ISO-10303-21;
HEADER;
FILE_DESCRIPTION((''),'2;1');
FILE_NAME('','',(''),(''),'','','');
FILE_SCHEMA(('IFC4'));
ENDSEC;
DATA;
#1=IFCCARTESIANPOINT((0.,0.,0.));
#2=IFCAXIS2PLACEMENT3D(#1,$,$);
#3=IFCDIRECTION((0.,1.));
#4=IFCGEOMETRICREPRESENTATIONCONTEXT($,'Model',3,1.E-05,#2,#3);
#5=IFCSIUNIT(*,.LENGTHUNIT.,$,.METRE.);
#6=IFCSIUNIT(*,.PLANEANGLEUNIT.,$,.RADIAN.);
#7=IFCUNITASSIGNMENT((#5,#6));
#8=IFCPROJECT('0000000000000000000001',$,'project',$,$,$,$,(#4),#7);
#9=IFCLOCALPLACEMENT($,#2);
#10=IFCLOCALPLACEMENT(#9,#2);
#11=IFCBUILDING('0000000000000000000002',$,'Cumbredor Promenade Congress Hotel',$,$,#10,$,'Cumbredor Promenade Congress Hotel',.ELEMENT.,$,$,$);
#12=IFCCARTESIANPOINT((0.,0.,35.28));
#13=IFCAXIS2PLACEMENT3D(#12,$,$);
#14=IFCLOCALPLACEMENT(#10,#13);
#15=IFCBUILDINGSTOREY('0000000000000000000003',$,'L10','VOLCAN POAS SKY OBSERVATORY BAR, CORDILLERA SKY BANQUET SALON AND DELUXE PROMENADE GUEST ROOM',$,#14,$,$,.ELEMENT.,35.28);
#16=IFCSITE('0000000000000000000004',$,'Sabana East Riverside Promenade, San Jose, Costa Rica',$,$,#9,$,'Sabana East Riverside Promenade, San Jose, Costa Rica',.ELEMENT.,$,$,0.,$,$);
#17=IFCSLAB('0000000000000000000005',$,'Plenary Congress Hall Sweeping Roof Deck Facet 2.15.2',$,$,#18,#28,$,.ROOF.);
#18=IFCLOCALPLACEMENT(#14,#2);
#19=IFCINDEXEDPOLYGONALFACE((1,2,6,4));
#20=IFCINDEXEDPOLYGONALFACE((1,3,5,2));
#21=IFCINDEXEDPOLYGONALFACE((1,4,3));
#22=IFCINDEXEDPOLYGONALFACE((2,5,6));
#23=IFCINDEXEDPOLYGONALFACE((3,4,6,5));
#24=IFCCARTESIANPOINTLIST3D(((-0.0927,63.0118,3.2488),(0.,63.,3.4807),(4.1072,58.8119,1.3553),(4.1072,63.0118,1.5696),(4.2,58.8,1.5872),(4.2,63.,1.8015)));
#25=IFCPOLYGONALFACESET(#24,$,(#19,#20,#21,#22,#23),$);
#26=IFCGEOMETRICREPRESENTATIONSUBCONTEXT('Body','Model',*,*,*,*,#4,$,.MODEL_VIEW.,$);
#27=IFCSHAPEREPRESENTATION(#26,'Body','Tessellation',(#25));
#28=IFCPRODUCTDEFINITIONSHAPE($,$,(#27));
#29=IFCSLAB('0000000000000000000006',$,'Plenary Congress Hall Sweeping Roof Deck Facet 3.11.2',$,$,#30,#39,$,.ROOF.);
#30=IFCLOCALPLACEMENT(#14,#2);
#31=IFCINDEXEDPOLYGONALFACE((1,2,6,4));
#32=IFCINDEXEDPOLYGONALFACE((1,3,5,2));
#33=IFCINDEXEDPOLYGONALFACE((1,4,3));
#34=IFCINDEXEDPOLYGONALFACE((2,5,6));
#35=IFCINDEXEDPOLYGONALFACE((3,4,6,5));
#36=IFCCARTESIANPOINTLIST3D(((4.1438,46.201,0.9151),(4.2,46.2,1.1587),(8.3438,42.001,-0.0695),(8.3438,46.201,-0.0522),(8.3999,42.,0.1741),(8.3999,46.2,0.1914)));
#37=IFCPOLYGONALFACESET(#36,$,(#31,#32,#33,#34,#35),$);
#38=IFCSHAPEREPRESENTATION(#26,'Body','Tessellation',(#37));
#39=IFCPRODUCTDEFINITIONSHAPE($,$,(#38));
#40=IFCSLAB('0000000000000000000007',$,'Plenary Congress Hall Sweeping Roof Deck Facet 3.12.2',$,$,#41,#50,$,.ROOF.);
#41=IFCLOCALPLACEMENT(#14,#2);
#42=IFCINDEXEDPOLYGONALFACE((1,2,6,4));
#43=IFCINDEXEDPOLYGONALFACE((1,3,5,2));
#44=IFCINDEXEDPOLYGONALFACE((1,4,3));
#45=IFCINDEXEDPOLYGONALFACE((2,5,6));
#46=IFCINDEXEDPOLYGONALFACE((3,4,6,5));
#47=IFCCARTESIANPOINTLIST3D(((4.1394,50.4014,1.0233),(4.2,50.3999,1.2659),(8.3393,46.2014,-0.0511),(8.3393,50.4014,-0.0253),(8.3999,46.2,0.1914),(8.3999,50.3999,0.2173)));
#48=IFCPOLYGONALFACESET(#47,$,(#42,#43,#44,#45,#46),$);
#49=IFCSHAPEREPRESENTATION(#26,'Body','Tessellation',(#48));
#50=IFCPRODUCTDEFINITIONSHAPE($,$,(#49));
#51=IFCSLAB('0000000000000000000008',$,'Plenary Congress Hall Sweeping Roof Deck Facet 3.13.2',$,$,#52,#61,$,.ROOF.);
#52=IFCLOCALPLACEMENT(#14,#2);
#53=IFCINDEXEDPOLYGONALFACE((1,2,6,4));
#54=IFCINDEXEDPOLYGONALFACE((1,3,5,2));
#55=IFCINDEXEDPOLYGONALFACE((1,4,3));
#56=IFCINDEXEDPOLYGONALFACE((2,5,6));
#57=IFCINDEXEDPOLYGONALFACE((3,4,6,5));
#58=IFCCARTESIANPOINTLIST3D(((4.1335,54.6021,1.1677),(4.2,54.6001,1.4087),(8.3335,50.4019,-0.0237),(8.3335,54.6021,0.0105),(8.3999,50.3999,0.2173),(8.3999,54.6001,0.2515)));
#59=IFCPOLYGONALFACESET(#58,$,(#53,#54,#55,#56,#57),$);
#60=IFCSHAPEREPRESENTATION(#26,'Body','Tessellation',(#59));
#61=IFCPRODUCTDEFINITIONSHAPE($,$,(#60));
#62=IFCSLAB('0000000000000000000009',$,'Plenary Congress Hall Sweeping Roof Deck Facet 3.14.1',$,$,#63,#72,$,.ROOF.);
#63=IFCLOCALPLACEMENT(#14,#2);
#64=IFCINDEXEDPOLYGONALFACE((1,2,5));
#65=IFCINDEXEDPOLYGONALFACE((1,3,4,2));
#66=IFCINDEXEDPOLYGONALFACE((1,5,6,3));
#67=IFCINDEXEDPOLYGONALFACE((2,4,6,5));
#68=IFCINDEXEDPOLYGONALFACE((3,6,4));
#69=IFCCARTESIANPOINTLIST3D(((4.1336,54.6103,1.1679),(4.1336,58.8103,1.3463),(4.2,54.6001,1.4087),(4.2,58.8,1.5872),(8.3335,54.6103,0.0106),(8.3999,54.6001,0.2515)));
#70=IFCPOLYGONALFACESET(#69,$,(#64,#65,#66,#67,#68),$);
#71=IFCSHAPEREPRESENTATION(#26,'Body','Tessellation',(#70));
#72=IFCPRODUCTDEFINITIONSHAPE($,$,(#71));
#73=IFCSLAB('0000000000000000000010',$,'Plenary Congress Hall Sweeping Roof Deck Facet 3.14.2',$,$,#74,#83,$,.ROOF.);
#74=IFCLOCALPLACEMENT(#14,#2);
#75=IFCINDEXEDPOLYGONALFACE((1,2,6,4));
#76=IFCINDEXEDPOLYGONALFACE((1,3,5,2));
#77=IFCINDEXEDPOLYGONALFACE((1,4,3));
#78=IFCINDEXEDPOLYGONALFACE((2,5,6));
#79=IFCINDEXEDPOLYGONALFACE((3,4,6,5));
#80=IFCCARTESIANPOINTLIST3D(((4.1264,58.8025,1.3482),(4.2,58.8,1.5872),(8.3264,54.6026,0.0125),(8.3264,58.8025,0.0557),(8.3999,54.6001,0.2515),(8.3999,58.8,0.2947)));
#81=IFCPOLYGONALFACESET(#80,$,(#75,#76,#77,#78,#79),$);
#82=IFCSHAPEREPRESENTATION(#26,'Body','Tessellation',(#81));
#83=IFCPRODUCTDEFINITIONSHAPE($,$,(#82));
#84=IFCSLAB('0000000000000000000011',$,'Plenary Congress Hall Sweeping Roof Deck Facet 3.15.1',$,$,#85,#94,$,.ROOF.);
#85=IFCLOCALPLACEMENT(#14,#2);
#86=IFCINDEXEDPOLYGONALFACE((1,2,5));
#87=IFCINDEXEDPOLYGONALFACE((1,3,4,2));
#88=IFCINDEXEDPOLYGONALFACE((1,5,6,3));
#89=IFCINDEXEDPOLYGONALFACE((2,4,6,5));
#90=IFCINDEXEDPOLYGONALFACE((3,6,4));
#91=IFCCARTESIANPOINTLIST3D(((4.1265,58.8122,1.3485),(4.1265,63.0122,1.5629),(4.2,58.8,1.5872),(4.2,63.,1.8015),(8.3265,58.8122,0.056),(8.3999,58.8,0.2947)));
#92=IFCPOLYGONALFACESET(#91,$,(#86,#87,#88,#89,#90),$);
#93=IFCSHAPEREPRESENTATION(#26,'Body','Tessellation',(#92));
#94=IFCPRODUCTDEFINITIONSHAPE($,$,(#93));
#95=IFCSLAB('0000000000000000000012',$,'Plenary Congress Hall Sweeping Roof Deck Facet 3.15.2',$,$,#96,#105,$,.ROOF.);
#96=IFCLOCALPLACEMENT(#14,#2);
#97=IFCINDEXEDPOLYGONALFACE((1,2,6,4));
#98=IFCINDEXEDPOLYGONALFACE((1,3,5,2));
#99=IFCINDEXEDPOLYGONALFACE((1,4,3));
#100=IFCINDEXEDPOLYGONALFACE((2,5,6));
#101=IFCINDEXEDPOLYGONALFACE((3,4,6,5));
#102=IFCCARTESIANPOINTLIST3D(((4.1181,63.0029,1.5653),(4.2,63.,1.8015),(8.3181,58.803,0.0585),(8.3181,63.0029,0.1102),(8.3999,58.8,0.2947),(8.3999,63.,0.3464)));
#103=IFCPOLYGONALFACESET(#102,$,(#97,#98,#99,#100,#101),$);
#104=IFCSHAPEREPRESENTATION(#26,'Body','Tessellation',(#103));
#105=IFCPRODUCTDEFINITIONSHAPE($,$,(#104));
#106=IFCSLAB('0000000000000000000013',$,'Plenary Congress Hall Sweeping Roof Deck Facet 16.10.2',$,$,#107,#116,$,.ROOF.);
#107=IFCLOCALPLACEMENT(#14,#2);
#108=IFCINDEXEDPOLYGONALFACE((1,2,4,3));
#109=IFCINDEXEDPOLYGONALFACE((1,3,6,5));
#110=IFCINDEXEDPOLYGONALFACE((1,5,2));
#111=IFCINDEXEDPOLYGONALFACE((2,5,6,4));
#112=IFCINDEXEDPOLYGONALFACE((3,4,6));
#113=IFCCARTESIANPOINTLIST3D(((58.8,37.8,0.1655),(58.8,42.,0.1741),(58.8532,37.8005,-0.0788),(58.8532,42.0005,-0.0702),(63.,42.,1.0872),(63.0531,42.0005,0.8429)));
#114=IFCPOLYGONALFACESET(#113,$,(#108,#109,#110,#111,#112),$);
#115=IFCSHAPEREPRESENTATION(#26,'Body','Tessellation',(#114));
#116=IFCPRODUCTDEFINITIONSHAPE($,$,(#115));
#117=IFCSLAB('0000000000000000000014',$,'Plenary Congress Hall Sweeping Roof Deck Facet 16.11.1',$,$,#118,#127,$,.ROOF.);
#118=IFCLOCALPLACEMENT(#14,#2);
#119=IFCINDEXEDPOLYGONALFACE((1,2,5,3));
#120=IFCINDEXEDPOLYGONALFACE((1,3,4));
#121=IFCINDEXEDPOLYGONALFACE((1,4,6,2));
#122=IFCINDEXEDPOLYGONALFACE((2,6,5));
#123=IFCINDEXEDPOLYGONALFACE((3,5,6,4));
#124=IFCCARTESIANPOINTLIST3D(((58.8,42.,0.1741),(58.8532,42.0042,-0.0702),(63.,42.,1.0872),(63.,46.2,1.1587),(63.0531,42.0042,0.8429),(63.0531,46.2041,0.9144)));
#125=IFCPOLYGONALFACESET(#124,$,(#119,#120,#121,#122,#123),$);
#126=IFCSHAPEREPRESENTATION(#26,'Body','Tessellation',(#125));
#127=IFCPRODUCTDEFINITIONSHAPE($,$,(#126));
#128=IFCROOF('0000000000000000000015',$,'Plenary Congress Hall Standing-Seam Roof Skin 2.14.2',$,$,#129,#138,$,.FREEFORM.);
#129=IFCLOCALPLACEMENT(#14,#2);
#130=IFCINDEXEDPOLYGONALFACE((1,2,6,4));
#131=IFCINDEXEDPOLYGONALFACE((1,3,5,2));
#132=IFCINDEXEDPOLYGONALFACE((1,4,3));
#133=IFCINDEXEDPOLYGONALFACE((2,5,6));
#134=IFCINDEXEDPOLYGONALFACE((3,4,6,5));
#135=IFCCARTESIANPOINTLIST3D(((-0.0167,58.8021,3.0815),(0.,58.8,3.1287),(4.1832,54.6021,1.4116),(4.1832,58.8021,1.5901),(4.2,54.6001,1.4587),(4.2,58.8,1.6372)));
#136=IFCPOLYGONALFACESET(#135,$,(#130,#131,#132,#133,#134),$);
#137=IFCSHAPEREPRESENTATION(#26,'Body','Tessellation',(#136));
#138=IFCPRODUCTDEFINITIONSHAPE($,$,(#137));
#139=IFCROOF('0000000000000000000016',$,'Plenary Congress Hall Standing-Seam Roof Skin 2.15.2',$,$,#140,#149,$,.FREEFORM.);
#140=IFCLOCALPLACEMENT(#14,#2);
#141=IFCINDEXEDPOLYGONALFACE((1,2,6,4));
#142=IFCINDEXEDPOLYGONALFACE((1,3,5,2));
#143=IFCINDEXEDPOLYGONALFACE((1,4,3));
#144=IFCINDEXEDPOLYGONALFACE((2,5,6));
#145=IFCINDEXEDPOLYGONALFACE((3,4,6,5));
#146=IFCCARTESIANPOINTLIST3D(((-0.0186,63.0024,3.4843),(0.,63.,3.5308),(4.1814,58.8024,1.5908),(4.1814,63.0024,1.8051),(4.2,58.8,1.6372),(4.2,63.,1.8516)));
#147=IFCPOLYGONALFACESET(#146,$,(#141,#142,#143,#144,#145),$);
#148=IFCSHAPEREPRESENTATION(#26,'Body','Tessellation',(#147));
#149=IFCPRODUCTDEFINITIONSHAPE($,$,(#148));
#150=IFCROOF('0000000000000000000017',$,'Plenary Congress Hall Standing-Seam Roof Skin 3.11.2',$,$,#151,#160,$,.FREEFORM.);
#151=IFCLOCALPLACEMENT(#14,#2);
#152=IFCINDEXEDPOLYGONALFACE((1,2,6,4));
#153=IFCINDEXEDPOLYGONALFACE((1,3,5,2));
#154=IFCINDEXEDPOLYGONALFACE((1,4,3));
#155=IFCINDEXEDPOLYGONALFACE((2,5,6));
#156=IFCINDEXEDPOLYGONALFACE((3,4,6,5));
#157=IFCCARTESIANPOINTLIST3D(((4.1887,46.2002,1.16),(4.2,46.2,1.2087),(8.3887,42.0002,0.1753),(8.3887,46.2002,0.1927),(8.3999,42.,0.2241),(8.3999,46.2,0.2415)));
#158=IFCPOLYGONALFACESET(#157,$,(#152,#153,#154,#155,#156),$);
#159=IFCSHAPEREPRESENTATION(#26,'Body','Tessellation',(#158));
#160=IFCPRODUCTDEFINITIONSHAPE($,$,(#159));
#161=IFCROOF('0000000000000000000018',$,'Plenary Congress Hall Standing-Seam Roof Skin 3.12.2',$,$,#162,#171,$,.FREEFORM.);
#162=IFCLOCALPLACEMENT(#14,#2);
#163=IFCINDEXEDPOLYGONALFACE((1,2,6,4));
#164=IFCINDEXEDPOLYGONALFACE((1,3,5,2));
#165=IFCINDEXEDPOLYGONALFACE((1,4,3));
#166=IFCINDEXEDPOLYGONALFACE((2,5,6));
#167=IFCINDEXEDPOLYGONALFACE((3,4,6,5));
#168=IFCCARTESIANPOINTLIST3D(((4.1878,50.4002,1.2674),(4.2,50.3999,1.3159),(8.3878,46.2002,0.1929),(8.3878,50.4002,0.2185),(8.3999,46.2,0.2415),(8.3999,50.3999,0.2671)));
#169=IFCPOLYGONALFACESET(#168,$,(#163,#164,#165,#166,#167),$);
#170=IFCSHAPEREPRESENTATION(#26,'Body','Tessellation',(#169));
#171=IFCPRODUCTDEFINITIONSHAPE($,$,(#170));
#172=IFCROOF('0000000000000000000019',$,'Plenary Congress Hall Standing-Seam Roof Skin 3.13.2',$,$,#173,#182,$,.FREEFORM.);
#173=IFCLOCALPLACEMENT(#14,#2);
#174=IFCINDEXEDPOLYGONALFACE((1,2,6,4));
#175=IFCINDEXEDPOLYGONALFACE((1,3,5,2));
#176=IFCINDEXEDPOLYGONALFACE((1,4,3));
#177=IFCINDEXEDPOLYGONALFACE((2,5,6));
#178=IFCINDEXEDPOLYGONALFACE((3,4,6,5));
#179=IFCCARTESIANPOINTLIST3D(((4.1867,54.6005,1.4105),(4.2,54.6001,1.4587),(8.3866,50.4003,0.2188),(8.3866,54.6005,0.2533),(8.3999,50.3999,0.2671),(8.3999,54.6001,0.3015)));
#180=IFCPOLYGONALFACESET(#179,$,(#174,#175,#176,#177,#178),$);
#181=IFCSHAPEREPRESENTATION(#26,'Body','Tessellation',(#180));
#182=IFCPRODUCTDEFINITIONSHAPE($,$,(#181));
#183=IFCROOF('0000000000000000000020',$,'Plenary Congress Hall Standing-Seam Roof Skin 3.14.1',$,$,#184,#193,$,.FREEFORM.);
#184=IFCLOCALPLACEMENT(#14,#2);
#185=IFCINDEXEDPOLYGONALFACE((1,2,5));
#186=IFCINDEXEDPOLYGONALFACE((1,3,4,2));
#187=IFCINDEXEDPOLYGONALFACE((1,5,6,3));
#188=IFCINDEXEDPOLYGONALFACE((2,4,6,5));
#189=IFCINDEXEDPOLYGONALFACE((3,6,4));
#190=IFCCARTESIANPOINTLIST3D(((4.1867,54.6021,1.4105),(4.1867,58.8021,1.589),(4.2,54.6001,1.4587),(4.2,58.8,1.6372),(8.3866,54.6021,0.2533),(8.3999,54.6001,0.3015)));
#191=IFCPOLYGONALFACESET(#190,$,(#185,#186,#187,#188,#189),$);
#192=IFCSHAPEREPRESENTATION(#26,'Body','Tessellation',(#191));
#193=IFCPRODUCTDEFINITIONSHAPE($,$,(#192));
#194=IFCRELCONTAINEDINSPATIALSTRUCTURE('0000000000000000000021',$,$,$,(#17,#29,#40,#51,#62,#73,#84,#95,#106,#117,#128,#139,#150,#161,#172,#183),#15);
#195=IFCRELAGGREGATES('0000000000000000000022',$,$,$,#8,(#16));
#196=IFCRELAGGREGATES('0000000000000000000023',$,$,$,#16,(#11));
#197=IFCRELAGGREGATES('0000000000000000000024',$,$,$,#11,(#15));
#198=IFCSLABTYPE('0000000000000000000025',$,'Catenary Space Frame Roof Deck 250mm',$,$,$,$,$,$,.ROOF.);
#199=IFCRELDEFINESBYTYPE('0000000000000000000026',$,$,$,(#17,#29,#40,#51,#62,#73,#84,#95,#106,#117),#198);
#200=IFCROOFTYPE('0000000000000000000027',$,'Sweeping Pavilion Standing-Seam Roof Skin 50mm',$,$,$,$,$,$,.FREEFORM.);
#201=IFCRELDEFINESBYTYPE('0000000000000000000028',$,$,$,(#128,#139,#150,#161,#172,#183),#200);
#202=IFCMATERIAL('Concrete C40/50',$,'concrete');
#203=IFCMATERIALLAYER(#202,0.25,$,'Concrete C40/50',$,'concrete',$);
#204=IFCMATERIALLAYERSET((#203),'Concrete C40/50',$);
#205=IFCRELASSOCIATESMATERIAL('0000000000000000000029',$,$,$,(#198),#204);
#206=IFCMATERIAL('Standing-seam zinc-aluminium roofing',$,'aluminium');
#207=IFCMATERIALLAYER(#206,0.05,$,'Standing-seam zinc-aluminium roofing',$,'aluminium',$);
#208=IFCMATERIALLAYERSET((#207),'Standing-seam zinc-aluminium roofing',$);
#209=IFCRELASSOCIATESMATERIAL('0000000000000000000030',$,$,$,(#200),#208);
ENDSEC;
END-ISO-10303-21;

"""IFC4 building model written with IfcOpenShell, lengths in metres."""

from ifc_helpers import new_model, si_unit, direction, frame, origin, place, context, subcontext, project, spatial, polyline, outline, extrude, material, layer, layer_set, type_object, element, save


model = new_model("IFC4")

# Units and contexts
model_context = context("Model", 3, precision=1e-05, world=origin(), true_north=direction((0.0, 1.0)))
body_context = subcontext(model_context, "Body", "Model", "MODEL_VIEW")
ifc_project = project(units=[si_unit("LENGTHUNIT", "METRE"), si_unit("PLANEANGLEUNIT", "RADIAN")], contexts=[model_context])

# Site, building, storey
site_placement = place(None, origin())
site = spatial("IfcSite", under=ifc_project, at=site_placement, Name="Sabana East Riverside Promenade, San Jose, Costa Rica", LongName="Sabana East Riverside Promenade, San Jose, Costa Rica", CompositionType="ELEMENT", RefElevation=0.0)
building_placement = place(site_placement, origin())
building = spatial("IfcBuilding", under=site, at=building_placement, Name="Cumbredor Promenade Congress Hotel", LongName="Cumbredor Promenade Congress Hotel", CompositionType="ELEMENT")
storey_placement = place(building_placement, frame((0.0, 0.0, 35.28)))
storey = spatial("IfcBuildingStorey", under=building, at=storey_placement, Name="L10", Description="VOLCAN POAS SKY OBSERVATORY BAR, CORDILLERA SKY BANQUET SALON AND DELUXE PROMENADE GUEST ROOM", CompositionType="ELEMENT", Elevation=35.28)

# Slabs
ifc_material_1 = material(Name="Concrete C40/50", Category="concrete")
ifc_layer_1 = layer(ifc_material_1, 0.25, Name="Concrete C40/50", Category="concrete")
ifc_layer_set_1 = layer_set([ifc_layer_1], Name="Concrete C40/50")
slab_type = type_object("IfcSlabType", Name="Catenary Space Frame Roof Deck 250mm", PredefinedType="ROOF", material=ifc_layer_set_1)
slab_1_placement = place(storey_placement, frame((4.2, 58.8, 1.5872), z_axis=(0.370826, -0.047337, 0.927495), x_axis=(0.0, 0.9987, 0.050971)))
element("IfcSlab", 1, at=slab_1_placement, inside=storey, type_object=slab_type, Name="Plenary Congress Hall Sweeping Roof Deck Facet 2.15.2", PredefinedType="ROOF", context=body_context, shape_type="SweptSolid", body=[
    extrude(outline(polyline([(0.0, 0.0), (4.2054, 0.0), (4.291, 4.5224), (0.0, 0.0)])), origin(), (0.0, 0.0, -1.0), 0.25),
])
slab_2_placement = place(storey_placement, frame((8.3999, 42.0, 0.1741), z_axis=(0.224432, -0.004022, 0.974482), x_axis=(0.0, 0.999991, 0.004127)))
element("IfcSlab", 2, at=slab_2_placement, inside=storey, type_object=slab_type, Name="Plenary Congress Hall Sweeping Roof Deck Facet 3.11.2", PredefinedType="ROOF", context=body_context, shape_type="SweptSolid", body=[
    extrude(outline(polyline([(0.0, 0.0), (4.2, 0.0), (4.204, 4.3099), (0.0, 0.0)])), origin(), (0.0, 0.0, -1.0), 0.25),
])
slab_3_placement = place(storey_placement, frame((8.3999, 46.2, 0.1914), z_axis=(0.242226, -0.005978, 0.970201), x_axis=(0.0, 0.999981, 0.006162)))
element("IfcSlab", 3, at=slab_3_placement, inside=storey, type_object=slab_type, Name="Plenary Congress Hall Sweeping Roof Deck Facet 3.12.2", PredefinedType="ROOF", context=body_context, shape_type="SweptSolid", body=[
    extrude(outline(polyline([(0.0, 0.0), (4.2, 0.0), (4.2065, 4.3289), (0.0, 0.0)])), origin(), (0.0, 0.0, -1.0), 0.25),
])
slab_4_placement = place(storey_placement, frame((8.3999, 50.3999, 0.2173), z_axis=(0.265626, -0.007845, 0.964044), x_axis=(0.0, 0.999967, 0.008137)))
element("IfcSlab", 4, at=slab_4_placement, inside=storey, type_object=slab_type, Name="Plenary Congress Hall Sweeping Roof Deck Facet 3.13.2", PredefinedType="ROOF", context=body_context, shape_type="SweptSolid", body=[
    extrude(outline(polyline([(0.0, 0.0), (4.2003, 0.0), (4.2098, 4.3565), (0.0, 0.0)])), origin(), (0.0, 0.0, -1.0), 0.25),
])
slab_5_placement = place(storey_placement, frame((4.2, 54.6001, 1.4087), z_axis=(0.265412, -0.040932, 0.963266), x_axis=(0.964074, 0.0, -0.265634)))
element("IfcSlab", 5, at=slab_5_placement, inside=storey, type_object=slab_type, Name="Plenary Congress Hall Sweeping Roof Deck Facet 3.14.1", PredefinedType="ROOF", context=body_context, shape_type="SweptSolid", body=[
    extrude(outline(polyline([(0.0, 0.0), (4.3565, 0.0), (-0.0474, 4.2035), (0.0, 0.0)])), origin(), (0.0, 0.0, -1.0), 0.25),
])
slab_6_placement = place(storey_placement, frame((8.3999, 54.6001, 0.2515), z_axis=(0.294111, -0.009833, 0.955721), x_axis=(0.0, 0.999947, 0.010288)))
element("IfcSlab", 6, at=slab_6_placement, inside=storey, type_object=slab_type, Name="Plenary Congress Hall Sweeping Roof Deck Facet 3.14.2", PredefinedType="ROOF", context=body_context, shape_type="SweptSolid", body=[
    extrude(outline(polyline([(0.0, 0.0), (4.2002, 0.0), (4.2135, 4.3943), (0.0, 0.0)])), origin(), (0.0, 0.0, -1.0), 0.25),
])
slab_7_placement = place(storey_placement, frame((4.2, 58.8, 1.5872), z_axis=(0.293776, -0.048722, 0.954632), x_axis=(0.955767, 0.0, -0.294125)))
element("IfcSlab", 7, at=slab_7_placement, inside=storey, type_object=slab_type, Name="Plenary Congress Hall Sweeping Roof Deck Facet 3.15.1", PredefinedType="ROOF", context=body_context, shape_type="SweptSolid", body=[
    extrude(outline(polyline([(0.0, 0.0), (4.3943, 0.0), (-0.063, 4.2049), (0.0, 0.0)])), origin(), (0.0, 0.0, -1.0), 0.25),
])
slab_8_placement = place(storey_placement, frame((8.3999, 58.8, 0.2947), z_axis=(0.327339, -0.011644, 0.944835), x_axis=(0.0, 0.999924, 0.012322)))
element("IfcSlab", 8, at=slab_8_placement, inside=storey, type_object=slab_type, Name="Plenary Congress Hall Sweeping Roof Deck Facet 3.15.2", PredefinedType="ROOF", context=body_context, shape_type="SweptSolid", body=[
    extrude(outline(polyline([(0.0, 0.0), (4.2003, 0.0), (4.2182, 4.4448), (0.0, 0.0)])), origin(), (0.0, 0.0, -1.0), 0.25),
])
slab_9_placement = place(storey_placement, frame((58.8, 37.8, 0.1655), z_axis=(-0.212441, -0.001988, 0.977172), x_axis=(0.698745, 0.698745, 0.153332)))
element("IfcSlab", 9, at=slab_9_placement, inside=storey, type_object=slab_type, Name="Plenary Congress Hall Sweeping Roof Deck Facet 16.10.2", PredefinedType="ROOF", context=body_context, shape_type="SweptSolid", body=[
    extrude(outline(polyline([(0.0, 0.0), (6.0107, 0.0), (2.936, 3.0033), (0.0, 0.0)])), origin(), (0.0, 0.0, -1.0), 0.25),
])
slab_10_placement = place(storey_placement, frame((58.8, 42.0, 0.1741), z_axis=(-0.212412, -0.016641, 0.977038), x_axis=(0.977174, 0.0, 0.212441)))
element("IfcSlab", 10, at=slab_10_placement, inside=storey, type_object=slab_type, Name="Plenary Congress Hall Sweeping Roof Deck Facet 16.11.1", PredefinedType="ROOF", context=body_context, shape_type="SweptSolid", body=[
    extrude(outline(polyline([(0.0, 0.0), (4.2981, 0.0), (4.3133, 4.2005), (0.0, 0.0)])), origin(), (0.0, 0.0, -1.0), 0.25),
])

# Roofs
ifc_material_2 = material(Name="Standing-seam zinc-aluminium roofing", Category="aluminium")
ifc_layer_2 = layer(ifc_material_2, 0.05, Name="Standing-seam zinc-aluminium roofing", Category="aluminium")
ifc_layer_set_2 = layer_set([ifc_layer_2], Name="Standing-seam zinc-aluminium roofing")
roof_type = type_object("IfcRoofType", Name="Sweeping Pavilion Standing-Seam Roof Skin 50mm", PredefinedType="FREEFORM", material=ifc_layer_set_2)
roof_1_placement = place(storey_placement, frame((4.2, 54.6001, 1.4587), z_axis=(0.334371, -0.040011, 0.941592), x_axis=(0.0, 0.999098, 0.042454)))
element("IfcRoof", 11, at=roof_1_placement, inside=storey, type_object=roof_type, Name="Plenary Congress Hall Standing-Seam Roof Skin 2.14.2", PredefinedType="FREEFORM", context=body_context, shape_type="SweptSolid", body=[
    extrude(outline(polyline([(0.0, 0.0), (4.2037, 0.0), (4.2671, 4.4565), (0.0, 0.0)])), origin(), (0.0, 0.0, -1.0), 0.05),
])
roof_2_placement = place(storey_placement, frame((4.2, 58.8, 1.6372), z_axis=(0.370826, -0.047337, 0.927495), x_axis=(0.0, 0.9987, 0.050971)))
element("IfcRoof", 12, at=roof_2_placement, inside=storey, type_object=roof_type, Name="Plenary Congress Hall Standing-Seam Roof Skin 2.15.2", PredefinedType="FREEFORM", context=body_context, shape_type="SweptSolid", body=[
    extrude(outline(polyline([(0.0, 0.0), (4.2054, 0.0), (4.291, 4.5224), (0.0, 0.0)])), origin(), (0.0, 0.0, -1.0), 0.05),
])
roof_3_placement = place(storey_placement, frame((8.3999, 42.0, 0.2241), z_axis=(0.224432, -0.004022, 0.974482), x_axis=(0.0, 0.999991, 0.004127)))
element("IfcRoof", 13, at=roof_3_placement, inside=storey, type_object=roof_type, Name="Plenary Congress Hall Standing-Seam Roof Skin 3.11.2", PredefinedType="FREEFORM", context=body_context, shape_type="SweptSolid", body=[
    extrude(outline(polyline([(0.0, 0.0), (4.2, 0.0), (4.204, 4.3099), (0.0, 0.0)])), origin(), (0.0, 0.0, -1.0), 0.05),
])
roof_4_placement = place(storey_placement, frame((8.3999, 46.2, 0.2415), z_axis=(0.242279, -0.005922, 0.970188), x_axis=(0.0, 0.999981, 0.006103)))
element("IfcRoof", 14, at=roof_4_placement, inside=storey, type_object=roof_type, Name="Plenary Congress Hall Standing-Seam Roof Skin 3.12.2", PredefinedType="FREEFORM", context=body_context, shape_type="SweptSolid", body=[
    extrude(outline(polyline([(0.0, 0.0), (4.2, 0.0), (4.2064, 4.3289), (0.0, 0.0)])), origin(), (0.0, 0.0, -1.0), 0.05),
])
roof_5_placement = place(storey_placement, frame((8.3999, 50.3999, 0.2671), z_axis=(0.265626, -0.007901, 0.964044), x_axis=(0.0, 0.999966, 0.008195)))
element("IfcRoof", 15, at=roof_5_placement, inside=storey, type_object=roof_type, Name="Plenary Congress Hall Standing-Seam Roof Skin 3.13.2", PredefinedType="FREEFORM", context=body_context, shape_type="SweptSolid", body=[
    extrude(outline(polyline([(0.0, 0.0), (4.2003, 0.0), (4.2098, 4.3565), (0.0, 0.0)])), origin(), (0.0, 0.0, -1.0), 0.05),
])
roof_6_placement = place(storey_placement, frame((4.2, 54.6001, 1.4587), z_axis=(0.265412, -0.040932, 0.963266), x_axis=(0.964074, 0.0, -0.265634)))
element("IfcRoof", 16, at=roof_6_placement, inside=storey, type_object=roof_type, Name="Plenary Congress Hall Standing-Seam Roof Skin 3.14.1", PredefinedType="FREEFORM", context=body_context, shape_type="SweptSolid", body=[
    extrude(outline(polyline([(0.0, 0.0), (4.3565, 0.0), (-0.0474, 4.2035), (0.0, 0.0)])), origin(), (0.0, 0.0, -1.0), 0.05),
])

save(model, "model.ifc")
